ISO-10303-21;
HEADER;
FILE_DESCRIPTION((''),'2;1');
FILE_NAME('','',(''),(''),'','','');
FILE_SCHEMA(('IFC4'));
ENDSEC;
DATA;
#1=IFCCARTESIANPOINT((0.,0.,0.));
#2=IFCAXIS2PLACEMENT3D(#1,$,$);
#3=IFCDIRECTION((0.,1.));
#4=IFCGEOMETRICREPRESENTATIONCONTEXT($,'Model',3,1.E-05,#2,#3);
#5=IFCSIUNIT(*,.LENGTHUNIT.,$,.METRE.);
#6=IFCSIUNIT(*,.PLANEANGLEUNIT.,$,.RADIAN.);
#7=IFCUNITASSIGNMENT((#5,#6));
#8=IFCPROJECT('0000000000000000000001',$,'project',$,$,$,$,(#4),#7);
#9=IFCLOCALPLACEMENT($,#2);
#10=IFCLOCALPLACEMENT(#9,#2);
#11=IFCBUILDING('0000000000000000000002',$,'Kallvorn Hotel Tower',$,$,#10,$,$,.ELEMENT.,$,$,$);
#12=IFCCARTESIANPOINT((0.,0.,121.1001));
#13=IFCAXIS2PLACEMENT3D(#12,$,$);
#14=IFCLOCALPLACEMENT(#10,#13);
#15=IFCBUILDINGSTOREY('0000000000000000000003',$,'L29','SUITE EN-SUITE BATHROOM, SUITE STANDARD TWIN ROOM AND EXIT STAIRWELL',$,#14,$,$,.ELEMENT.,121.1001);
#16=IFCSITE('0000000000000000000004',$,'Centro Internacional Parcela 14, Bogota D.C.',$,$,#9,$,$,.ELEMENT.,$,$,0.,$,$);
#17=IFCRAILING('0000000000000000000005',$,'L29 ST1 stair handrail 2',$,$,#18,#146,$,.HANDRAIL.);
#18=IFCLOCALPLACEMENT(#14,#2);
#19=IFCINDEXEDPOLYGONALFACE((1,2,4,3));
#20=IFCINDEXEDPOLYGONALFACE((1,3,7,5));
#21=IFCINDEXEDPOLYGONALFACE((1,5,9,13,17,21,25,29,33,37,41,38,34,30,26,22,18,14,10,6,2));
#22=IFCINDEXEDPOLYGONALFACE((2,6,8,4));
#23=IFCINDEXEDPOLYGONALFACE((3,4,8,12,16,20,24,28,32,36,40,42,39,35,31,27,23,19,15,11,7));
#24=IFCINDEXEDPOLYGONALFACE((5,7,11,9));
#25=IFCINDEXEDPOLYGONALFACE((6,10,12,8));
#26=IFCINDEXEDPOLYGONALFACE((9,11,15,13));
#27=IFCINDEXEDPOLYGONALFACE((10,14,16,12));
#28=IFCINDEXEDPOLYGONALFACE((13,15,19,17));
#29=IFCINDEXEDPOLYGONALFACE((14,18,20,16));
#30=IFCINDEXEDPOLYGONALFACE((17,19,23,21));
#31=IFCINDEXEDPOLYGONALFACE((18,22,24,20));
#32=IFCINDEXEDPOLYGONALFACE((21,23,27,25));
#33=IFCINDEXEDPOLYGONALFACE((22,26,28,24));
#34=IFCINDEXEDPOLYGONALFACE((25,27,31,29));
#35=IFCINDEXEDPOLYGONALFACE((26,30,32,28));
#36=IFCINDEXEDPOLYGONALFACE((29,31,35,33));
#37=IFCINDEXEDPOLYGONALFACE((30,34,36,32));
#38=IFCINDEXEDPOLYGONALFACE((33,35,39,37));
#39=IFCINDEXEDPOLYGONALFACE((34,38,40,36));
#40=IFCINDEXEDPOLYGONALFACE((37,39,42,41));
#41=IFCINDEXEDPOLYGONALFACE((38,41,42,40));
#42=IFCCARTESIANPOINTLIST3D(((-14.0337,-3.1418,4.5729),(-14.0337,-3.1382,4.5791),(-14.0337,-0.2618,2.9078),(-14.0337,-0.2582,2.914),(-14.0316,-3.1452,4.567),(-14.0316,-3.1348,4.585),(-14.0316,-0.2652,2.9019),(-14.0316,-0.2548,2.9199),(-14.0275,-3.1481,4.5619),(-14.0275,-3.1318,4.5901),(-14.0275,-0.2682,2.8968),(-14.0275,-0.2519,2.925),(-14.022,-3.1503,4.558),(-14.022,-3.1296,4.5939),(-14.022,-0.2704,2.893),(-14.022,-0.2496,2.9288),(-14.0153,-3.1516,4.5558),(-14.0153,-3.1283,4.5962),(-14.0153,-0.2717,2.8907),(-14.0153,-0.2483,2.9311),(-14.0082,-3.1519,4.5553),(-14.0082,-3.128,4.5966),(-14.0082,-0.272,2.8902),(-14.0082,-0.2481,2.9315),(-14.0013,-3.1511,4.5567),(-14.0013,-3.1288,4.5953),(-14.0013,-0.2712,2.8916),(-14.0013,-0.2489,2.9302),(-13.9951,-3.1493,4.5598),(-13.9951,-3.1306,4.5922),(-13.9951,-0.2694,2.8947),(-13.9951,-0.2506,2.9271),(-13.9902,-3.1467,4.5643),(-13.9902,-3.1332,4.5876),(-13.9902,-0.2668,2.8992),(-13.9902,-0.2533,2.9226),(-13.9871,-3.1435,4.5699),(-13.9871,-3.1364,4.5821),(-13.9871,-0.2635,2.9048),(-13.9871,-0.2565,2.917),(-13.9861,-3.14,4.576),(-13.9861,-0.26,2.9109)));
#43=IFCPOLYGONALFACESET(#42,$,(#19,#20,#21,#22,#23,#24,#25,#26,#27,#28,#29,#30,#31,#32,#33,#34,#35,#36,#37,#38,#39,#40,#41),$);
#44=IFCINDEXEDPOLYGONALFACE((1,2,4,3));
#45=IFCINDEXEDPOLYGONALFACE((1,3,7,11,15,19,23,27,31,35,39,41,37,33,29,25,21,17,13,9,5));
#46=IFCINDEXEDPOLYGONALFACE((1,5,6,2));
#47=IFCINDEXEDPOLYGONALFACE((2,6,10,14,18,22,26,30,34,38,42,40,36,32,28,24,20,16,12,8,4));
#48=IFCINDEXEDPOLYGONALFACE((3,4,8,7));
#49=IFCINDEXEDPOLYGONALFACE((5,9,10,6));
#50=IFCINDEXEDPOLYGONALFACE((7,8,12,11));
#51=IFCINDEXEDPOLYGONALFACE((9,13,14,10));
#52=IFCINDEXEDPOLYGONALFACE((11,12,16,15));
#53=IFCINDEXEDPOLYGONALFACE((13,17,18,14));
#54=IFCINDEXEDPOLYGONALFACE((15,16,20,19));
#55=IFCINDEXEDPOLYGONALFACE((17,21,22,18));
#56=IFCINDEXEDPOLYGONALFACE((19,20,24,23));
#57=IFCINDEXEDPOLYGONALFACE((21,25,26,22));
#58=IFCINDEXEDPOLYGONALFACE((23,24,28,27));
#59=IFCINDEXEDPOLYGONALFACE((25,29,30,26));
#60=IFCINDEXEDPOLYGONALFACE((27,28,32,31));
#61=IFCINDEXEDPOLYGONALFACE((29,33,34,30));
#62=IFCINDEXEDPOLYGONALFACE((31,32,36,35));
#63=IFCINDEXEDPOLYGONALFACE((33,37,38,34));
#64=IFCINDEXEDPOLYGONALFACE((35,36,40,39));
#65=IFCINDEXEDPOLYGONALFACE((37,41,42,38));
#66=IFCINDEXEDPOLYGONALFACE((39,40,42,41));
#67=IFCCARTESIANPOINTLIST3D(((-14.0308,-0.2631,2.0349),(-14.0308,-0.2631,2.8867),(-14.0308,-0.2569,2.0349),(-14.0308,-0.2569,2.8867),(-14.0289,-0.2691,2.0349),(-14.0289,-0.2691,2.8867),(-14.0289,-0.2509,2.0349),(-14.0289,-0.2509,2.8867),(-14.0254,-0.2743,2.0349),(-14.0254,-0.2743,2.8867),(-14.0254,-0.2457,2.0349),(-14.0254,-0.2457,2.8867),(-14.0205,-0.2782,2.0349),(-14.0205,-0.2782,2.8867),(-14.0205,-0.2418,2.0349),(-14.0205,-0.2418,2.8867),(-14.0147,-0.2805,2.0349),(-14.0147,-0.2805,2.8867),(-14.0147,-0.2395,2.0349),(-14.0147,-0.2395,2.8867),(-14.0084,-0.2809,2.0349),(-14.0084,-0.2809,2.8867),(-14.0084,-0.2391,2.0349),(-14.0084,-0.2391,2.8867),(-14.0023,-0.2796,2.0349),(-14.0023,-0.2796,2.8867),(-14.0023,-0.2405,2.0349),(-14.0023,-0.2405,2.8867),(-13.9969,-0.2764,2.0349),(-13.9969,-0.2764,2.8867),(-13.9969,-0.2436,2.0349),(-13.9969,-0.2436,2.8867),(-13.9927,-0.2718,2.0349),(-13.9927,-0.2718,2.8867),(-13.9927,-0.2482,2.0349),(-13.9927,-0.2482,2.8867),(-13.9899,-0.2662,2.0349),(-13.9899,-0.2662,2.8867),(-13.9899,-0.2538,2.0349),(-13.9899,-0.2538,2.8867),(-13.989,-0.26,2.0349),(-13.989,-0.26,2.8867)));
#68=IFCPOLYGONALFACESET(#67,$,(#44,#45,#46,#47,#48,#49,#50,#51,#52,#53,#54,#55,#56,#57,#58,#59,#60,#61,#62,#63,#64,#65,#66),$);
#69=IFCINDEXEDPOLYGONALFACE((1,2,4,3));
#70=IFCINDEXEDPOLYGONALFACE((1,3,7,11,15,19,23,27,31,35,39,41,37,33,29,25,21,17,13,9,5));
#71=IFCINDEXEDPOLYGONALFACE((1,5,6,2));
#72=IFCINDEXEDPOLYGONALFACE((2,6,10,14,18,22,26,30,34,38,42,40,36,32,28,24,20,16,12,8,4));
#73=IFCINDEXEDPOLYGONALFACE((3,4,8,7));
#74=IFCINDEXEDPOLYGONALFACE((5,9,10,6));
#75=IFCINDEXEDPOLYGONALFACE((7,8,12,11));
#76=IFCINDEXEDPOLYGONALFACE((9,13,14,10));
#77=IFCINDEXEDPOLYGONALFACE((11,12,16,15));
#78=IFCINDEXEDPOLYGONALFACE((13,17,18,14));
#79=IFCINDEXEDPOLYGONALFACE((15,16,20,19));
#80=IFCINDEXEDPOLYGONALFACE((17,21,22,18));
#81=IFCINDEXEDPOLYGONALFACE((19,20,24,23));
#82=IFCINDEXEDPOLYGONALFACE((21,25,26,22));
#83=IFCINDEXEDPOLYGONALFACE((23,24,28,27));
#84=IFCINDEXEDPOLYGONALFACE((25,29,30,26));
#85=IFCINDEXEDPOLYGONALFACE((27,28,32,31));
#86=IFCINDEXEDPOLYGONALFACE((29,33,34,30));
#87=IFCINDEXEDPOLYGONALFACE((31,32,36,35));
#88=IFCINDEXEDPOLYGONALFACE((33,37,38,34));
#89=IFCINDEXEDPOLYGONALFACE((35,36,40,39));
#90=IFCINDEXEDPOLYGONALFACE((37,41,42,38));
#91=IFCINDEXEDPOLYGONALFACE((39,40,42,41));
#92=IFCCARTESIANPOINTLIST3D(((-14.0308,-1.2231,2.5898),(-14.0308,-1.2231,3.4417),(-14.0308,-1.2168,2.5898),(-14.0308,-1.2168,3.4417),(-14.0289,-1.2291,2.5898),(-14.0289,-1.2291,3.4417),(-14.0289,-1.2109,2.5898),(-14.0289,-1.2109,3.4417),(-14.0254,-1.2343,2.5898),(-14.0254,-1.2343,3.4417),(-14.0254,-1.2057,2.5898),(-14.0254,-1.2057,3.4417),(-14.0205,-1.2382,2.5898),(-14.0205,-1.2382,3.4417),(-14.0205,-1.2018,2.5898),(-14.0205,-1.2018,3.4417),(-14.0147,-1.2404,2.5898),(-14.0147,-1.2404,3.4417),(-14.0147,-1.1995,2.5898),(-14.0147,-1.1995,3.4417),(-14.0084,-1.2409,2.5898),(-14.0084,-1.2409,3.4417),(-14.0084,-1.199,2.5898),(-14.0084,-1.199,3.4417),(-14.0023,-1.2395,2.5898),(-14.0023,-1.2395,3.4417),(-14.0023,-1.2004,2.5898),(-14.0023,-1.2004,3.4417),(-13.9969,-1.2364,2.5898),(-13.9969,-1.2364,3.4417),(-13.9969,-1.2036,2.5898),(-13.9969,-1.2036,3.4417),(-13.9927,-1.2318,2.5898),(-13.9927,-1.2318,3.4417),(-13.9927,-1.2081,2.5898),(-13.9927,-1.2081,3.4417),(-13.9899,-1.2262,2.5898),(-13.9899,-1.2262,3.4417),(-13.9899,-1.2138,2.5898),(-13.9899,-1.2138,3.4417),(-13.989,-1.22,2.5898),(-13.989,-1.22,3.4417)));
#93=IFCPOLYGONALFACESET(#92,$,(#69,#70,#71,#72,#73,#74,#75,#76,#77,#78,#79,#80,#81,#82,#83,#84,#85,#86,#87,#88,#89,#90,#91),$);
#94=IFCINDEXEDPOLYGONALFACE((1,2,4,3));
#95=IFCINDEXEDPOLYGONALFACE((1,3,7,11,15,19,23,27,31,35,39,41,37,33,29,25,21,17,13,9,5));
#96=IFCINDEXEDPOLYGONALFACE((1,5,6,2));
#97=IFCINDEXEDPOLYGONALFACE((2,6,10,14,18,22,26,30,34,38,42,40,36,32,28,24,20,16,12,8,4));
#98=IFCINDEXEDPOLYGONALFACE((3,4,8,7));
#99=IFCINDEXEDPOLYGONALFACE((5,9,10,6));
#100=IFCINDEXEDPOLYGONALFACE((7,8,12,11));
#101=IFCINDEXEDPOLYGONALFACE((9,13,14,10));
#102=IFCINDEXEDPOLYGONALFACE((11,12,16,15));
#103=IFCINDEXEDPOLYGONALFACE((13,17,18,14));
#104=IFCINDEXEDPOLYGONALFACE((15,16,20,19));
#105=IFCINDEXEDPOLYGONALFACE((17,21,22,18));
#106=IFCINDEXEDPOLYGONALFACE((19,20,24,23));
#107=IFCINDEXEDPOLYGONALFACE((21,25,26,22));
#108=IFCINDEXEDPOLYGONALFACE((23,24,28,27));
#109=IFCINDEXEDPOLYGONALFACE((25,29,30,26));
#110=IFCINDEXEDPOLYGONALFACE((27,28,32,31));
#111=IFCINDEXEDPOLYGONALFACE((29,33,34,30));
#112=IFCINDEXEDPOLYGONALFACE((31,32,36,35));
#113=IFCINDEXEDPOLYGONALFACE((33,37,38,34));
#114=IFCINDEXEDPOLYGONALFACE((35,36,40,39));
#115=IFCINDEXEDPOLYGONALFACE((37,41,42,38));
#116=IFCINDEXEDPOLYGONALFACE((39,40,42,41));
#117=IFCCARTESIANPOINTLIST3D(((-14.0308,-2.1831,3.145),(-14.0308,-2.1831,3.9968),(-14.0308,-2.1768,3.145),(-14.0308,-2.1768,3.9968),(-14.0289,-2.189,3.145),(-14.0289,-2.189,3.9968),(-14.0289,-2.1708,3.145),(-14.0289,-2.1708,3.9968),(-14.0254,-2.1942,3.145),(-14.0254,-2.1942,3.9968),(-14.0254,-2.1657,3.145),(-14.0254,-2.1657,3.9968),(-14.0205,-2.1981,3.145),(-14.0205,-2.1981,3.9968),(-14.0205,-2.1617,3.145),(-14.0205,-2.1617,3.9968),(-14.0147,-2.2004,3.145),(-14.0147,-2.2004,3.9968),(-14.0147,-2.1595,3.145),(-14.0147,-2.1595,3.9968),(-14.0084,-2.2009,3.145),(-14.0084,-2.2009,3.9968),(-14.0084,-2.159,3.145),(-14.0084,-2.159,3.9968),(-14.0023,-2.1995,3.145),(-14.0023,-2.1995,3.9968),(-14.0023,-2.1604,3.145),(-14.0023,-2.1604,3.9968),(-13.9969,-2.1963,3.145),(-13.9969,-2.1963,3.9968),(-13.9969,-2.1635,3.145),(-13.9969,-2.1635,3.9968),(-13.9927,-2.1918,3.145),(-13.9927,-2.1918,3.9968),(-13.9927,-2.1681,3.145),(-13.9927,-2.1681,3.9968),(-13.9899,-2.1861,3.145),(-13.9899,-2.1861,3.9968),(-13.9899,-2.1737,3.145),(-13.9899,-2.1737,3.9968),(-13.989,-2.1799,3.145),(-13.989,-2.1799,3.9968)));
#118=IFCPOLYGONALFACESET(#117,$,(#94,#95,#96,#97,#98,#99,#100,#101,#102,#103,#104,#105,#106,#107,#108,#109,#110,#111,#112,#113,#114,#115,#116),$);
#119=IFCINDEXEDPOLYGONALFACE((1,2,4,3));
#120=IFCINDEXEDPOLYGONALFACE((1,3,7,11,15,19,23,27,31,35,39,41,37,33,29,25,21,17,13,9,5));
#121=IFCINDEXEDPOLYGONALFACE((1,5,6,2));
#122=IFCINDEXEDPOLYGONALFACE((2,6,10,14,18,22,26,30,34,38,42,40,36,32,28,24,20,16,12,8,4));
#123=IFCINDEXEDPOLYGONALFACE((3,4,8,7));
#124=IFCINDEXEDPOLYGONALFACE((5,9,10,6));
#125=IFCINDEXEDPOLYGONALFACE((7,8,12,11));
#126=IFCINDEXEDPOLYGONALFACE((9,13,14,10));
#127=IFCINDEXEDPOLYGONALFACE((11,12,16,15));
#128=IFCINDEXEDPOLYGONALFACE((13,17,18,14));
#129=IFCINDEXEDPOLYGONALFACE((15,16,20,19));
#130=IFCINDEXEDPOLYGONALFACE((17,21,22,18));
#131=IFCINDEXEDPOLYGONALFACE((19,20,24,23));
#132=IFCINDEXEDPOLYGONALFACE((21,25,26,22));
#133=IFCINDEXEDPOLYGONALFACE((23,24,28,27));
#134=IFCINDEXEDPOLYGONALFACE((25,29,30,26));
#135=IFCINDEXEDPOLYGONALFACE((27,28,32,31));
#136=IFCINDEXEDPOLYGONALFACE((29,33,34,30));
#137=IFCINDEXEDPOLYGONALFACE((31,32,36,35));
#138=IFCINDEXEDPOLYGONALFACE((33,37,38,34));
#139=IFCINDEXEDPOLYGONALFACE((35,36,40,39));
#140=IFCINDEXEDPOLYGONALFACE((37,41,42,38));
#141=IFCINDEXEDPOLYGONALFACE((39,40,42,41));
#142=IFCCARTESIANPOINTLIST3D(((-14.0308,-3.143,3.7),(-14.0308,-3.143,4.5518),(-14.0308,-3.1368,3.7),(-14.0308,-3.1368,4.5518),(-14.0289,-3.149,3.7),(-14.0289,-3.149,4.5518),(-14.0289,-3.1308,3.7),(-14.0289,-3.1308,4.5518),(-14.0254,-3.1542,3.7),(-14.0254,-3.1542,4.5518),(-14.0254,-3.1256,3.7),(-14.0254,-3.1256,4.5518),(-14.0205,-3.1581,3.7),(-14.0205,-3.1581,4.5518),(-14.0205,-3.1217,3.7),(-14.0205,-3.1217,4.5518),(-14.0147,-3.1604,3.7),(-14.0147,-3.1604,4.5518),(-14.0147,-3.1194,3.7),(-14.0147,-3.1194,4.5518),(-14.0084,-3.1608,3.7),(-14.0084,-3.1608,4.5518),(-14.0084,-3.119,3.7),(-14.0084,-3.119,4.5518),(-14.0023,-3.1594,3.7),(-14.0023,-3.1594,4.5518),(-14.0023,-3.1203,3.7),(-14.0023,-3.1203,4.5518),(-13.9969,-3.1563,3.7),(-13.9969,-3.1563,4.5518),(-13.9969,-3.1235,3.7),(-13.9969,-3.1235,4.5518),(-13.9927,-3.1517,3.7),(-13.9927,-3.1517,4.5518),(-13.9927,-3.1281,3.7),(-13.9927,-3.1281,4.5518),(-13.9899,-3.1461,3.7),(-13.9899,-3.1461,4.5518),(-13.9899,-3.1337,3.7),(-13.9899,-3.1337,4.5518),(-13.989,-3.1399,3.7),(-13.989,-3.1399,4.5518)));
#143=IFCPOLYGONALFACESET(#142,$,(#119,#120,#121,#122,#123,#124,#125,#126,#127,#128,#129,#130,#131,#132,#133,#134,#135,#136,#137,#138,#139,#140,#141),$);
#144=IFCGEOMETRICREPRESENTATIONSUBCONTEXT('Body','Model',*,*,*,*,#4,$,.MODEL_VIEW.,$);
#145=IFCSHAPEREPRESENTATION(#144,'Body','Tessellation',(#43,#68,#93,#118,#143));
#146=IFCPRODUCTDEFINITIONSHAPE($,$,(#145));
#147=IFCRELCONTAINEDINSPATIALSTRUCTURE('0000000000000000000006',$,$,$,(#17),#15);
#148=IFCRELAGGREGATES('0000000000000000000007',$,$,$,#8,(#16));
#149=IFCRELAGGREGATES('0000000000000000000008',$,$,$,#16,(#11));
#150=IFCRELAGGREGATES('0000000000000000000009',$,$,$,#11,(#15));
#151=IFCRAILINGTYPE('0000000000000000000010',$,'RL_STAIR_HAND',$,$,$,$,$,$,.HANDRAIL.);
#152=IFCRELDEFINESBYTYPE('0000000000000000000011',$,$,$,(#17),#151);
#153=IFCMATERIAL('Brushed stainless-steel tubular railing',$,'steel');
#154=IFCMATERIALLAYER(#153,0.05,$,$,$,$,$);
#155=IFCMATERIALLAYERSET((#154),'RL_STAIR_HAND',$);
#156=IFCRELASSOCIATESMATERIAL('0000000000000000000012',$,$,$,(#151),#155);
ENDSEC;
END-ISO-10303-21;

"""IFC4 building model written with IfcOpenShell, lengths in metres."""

from ifc_helpers import new_model, si_unit, direction, frame, origin, origin_2d, place, context, subcontext, project, spatial, circle, extrude, material, layer, layer_set, type_object, element, save


model = new_model("IFC4")

# Units and contexts
model_context = context("Model", 3, precision=1e-05, world=origin(), true_north=direction((0.0, 1.0)))
body_context = subcontext(model_context, "Body", "Model", "MODEL_VIEW")
ifc_project = project(units=[si_unit("LENGTHUNIT", "METRE"), si_unit("PLANEANGLEUNIT", "RADIAN")], contexts=[model_context])

# Site, building, storey
site_placement = place(None, origin())
site = spatial("IfcSite", under=ifc_project, at=site_placement, Name="Centro Internacional Parcela 14, Bogota D.C.", CompositionType="ELEMENT", RefElevation=0.0)
building_placement = place(site_placement, origin())
building = spatial("IfcBuilding", under=site, at=building_placement, Name="Kallvorn Hotel Tower", CompositionType="ELEMENT")
storey_placement = place(building_placement, frame((0.0, 0.0, 121.1001)))
storey = spatial("IfcBuildingStorey", under=building, at=storey_placement, Name="L29", Description="SUITE EN-SUITE BATHROOM, SUITE STANDARD TWIN ROOM AND EXIT STAIRWELL", CompositionType="ELEMENT", Elevation=121.1001)

# Railing
ifc_material_1 = material(Name="Brushed stainless-steel tubular railing", Category="steel")
ifc_layer_1 = layer(ifc_material_1, 0.05)
ifc_layer_set_1 = layer_set([ifc_layer_1], Name="RL_STAIR_HAND")
railing_type_1 = type_object("IfcRailingType", Name="RL_STAIR_HAND", PredefinedType="HANDRAIL", material=ifc_layer_set_1)
railing_1_placement = place(storey_placement, frame((-14.01, -0.26, 2.0349)))
element("IfcRailing", 1, at=railing_1_placement, inside=storey, type_object=railing_type_1, Name="L29 ST1 stair handrail 2", PredefinedType="HANDRAIL", context=body_context, shape_type="SweptSolid", body=[
    extrude(circle(Radius=0.0239, at=origin_2d()), frame((0.0, 0.0, 0.876), z_axis=(0.0, -0.865721, 0.500527), x_axis=(1.0, 0.0, 0.0)), (0.0, 0.0, 1.0), 3.3267),
    extrude(circle(Radius=0.021, at=origin_2d()), origin(), (0.0, 0.0, 1.0), 0.8518),
    extrude(circle(Radius=0.021, at=origin_2d()), frame((0.0, -0.96, 0.5549)), (0.0, 0.0, 1.0), 0.8518),
    extrude(circle(Radius=0.021, at=origin_2d()), frame((0.0, -1.9199, 1.1101)), (0.0, 0.0, 1.0), 0.8518),
    extrude(circle(Radius=0.021, at=origin_2d()), frame((0.0, -2.8799, 1.665)), (0.0, 0.0, 1.0), 0.8518),
])

save(model, "model.ifc")
